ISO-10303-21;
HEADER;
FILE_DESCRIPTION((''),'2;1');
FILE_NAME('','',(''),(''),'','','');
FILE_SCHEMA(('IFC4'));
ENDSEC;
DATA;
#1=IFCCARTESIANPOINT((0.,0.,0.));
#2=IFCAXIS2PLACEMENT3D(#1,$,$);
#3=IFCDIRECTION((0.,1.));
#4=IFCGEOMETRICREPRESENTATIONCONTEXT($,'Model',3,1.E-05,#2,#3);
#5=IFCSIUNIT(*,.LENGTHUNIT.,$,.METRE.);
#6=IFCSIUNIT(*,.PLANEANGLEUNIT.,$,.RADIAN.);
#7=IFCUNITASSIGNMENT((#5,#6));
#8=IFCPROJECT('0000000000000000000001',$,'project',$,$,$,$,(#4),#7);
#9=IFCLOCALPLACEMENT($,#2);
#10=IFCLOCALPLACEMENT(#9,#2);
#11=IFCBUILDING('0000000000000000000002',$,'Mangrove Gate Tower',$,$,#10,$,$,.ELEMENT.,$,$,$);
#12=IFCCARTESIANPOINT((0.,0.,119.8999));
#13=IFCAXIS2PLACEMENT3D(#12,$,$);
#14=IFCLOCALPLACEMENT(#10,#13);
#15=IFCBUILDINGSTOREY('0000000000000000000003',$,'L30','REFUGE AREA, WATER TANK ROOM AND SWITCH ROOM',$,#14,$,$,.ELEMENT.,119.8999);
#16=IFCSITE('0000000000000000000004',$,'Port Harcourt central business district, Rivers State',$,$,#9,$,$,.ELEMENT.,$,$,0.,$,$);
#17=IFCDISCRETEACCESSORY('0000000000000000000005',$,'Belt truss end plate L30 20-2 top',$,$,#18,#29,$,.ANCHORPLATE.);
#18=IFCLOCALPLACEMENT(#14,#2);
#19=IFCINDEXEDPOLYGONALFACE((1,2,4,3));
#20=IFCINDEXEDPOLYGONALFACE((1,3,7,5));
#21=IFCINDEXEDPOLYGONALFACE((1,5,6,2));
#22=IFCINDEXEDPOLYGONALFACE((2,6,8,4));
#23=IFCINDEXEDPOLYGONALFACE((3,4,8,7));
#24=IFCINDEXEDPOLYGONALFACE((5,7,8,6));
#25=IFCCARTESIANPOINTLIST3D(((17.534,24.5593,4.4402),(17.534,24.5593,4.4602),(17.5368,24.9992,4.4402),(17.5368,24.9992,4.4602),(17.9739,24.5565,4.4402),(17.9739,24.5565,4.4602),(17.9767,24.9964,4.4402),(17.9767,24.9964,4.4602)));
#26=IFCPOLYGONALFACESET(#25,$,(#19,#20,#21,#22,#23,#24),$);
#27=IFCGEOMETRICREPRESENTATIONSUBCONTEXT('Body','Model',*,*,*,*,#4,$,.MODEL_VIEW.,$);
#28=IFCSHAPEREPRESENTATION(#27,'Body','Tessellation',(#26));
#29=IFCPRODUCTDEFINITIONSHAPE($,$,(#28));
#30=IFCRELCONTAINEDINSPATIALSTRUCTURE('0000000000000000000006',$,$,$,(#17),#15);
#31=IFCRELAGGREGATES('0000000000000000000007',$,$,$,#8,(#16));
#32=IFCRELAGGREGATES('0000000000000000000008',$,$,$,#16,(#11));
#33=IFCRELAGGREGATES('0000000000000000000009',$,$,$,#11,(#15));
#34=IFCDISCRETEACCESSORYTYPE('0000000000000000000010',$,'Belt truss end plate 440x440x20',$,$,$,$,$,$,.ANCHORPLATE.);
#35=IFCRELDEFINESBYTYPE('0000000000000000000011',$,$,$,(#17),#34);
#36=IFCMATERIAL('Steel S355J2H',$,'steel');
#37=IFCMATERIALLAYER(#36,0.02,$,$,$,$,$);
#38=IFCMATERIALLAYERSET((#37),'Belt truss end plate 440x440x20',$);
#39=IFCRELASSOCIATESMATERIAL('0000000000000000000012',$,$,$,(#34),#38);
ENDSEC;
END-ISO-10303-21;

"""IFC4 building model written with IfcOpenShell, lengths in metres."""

from ifc_helpers import new_model, si_unit, direction, frame, origin, origin_2d, place, context, subcontext, project, spatial, rectangle, extrude, material, layer, layer_set, type_object, element, save


model = new_model("IFC4")

# Units and contexts
model_context = context("Model", 3, precision=1e-05, world=origin(), true_north=direction((0.0, 1.0)))
body_context = subcontext(model_context, "Body", "Model", "MODEL_VIEW")
ifc_project = project(units=[si_unit("LENGTHUNIT", "METRE"), si_unit("PLANEANGLEUNIT", "RADIAN")], contexts=[model_context])

# Site, building, storey
site_placement = place(None, origin())
site = spatial("IfcSite", under=ifc_project, at=site_placement, Name="Port Harcourt central business district, Rivers State", CompositionType="ELEMENT", RefElevation=0.0)
building_placement = place(site_placement, origin())
building = spatial("IfcBuilding", under=site, at=building_placement, Name="Mangrove Gate Tower", CompositionType="ELEMENT")
storey_placement = place(building_placement, frame((0.0, 0.0, 119.8999)))
storey = spatial("IfcBuildingStorey", under=building, at=storey_placement, Name="L30", Description="REFUGE AREA, WATER TANK ROOM AND SWITCH ROOM", CompositionType="ELEMENT", Elevation=119.8999)

# Discrete accessory
ifc_material_1 = material(Name="Steel S355J2H", Category="steel")
ifc_layer_1 = layer(ifc_material_1, 0.02)
ifc_layer_set_1 = layer_set([ifc_layer_1], Name="Belt truss end plate 440x440x20")
discrete_accessory_type = type_object("IfcDiscreteAccessoryType", Name="Belt truss end plate 440x440x20", PredefinedType="ANCHORPLATE", material=ifc_layer_set_1)
for number, where, z_axis, x_axis, name in (
    (1, (17.7554, 24.7778, 4.4402), (0.0, 0.0, 1.0), (-0.99998, 0.006374, 0.0), "Belt truss end plate L30 20-2 top"),
):
    element("IfcDiscreteAccessory", number, at=place(storey_placement, frame(where, z_axis=z_axis, x_axis=x_axis)), inside=storey, type_object=discrete_accessory_type, Name=name, PredefinedType="ANCHORPLATE", context=body_context, shape_type="SweptSolid", body=[
        extrude(rectangle(XDim=0.4399, YDim=0.4399, at=origin_2d()), origin(), (0.0, 0.0, 1.0), 0.02),
    ])

save(model, "model.ifc")
